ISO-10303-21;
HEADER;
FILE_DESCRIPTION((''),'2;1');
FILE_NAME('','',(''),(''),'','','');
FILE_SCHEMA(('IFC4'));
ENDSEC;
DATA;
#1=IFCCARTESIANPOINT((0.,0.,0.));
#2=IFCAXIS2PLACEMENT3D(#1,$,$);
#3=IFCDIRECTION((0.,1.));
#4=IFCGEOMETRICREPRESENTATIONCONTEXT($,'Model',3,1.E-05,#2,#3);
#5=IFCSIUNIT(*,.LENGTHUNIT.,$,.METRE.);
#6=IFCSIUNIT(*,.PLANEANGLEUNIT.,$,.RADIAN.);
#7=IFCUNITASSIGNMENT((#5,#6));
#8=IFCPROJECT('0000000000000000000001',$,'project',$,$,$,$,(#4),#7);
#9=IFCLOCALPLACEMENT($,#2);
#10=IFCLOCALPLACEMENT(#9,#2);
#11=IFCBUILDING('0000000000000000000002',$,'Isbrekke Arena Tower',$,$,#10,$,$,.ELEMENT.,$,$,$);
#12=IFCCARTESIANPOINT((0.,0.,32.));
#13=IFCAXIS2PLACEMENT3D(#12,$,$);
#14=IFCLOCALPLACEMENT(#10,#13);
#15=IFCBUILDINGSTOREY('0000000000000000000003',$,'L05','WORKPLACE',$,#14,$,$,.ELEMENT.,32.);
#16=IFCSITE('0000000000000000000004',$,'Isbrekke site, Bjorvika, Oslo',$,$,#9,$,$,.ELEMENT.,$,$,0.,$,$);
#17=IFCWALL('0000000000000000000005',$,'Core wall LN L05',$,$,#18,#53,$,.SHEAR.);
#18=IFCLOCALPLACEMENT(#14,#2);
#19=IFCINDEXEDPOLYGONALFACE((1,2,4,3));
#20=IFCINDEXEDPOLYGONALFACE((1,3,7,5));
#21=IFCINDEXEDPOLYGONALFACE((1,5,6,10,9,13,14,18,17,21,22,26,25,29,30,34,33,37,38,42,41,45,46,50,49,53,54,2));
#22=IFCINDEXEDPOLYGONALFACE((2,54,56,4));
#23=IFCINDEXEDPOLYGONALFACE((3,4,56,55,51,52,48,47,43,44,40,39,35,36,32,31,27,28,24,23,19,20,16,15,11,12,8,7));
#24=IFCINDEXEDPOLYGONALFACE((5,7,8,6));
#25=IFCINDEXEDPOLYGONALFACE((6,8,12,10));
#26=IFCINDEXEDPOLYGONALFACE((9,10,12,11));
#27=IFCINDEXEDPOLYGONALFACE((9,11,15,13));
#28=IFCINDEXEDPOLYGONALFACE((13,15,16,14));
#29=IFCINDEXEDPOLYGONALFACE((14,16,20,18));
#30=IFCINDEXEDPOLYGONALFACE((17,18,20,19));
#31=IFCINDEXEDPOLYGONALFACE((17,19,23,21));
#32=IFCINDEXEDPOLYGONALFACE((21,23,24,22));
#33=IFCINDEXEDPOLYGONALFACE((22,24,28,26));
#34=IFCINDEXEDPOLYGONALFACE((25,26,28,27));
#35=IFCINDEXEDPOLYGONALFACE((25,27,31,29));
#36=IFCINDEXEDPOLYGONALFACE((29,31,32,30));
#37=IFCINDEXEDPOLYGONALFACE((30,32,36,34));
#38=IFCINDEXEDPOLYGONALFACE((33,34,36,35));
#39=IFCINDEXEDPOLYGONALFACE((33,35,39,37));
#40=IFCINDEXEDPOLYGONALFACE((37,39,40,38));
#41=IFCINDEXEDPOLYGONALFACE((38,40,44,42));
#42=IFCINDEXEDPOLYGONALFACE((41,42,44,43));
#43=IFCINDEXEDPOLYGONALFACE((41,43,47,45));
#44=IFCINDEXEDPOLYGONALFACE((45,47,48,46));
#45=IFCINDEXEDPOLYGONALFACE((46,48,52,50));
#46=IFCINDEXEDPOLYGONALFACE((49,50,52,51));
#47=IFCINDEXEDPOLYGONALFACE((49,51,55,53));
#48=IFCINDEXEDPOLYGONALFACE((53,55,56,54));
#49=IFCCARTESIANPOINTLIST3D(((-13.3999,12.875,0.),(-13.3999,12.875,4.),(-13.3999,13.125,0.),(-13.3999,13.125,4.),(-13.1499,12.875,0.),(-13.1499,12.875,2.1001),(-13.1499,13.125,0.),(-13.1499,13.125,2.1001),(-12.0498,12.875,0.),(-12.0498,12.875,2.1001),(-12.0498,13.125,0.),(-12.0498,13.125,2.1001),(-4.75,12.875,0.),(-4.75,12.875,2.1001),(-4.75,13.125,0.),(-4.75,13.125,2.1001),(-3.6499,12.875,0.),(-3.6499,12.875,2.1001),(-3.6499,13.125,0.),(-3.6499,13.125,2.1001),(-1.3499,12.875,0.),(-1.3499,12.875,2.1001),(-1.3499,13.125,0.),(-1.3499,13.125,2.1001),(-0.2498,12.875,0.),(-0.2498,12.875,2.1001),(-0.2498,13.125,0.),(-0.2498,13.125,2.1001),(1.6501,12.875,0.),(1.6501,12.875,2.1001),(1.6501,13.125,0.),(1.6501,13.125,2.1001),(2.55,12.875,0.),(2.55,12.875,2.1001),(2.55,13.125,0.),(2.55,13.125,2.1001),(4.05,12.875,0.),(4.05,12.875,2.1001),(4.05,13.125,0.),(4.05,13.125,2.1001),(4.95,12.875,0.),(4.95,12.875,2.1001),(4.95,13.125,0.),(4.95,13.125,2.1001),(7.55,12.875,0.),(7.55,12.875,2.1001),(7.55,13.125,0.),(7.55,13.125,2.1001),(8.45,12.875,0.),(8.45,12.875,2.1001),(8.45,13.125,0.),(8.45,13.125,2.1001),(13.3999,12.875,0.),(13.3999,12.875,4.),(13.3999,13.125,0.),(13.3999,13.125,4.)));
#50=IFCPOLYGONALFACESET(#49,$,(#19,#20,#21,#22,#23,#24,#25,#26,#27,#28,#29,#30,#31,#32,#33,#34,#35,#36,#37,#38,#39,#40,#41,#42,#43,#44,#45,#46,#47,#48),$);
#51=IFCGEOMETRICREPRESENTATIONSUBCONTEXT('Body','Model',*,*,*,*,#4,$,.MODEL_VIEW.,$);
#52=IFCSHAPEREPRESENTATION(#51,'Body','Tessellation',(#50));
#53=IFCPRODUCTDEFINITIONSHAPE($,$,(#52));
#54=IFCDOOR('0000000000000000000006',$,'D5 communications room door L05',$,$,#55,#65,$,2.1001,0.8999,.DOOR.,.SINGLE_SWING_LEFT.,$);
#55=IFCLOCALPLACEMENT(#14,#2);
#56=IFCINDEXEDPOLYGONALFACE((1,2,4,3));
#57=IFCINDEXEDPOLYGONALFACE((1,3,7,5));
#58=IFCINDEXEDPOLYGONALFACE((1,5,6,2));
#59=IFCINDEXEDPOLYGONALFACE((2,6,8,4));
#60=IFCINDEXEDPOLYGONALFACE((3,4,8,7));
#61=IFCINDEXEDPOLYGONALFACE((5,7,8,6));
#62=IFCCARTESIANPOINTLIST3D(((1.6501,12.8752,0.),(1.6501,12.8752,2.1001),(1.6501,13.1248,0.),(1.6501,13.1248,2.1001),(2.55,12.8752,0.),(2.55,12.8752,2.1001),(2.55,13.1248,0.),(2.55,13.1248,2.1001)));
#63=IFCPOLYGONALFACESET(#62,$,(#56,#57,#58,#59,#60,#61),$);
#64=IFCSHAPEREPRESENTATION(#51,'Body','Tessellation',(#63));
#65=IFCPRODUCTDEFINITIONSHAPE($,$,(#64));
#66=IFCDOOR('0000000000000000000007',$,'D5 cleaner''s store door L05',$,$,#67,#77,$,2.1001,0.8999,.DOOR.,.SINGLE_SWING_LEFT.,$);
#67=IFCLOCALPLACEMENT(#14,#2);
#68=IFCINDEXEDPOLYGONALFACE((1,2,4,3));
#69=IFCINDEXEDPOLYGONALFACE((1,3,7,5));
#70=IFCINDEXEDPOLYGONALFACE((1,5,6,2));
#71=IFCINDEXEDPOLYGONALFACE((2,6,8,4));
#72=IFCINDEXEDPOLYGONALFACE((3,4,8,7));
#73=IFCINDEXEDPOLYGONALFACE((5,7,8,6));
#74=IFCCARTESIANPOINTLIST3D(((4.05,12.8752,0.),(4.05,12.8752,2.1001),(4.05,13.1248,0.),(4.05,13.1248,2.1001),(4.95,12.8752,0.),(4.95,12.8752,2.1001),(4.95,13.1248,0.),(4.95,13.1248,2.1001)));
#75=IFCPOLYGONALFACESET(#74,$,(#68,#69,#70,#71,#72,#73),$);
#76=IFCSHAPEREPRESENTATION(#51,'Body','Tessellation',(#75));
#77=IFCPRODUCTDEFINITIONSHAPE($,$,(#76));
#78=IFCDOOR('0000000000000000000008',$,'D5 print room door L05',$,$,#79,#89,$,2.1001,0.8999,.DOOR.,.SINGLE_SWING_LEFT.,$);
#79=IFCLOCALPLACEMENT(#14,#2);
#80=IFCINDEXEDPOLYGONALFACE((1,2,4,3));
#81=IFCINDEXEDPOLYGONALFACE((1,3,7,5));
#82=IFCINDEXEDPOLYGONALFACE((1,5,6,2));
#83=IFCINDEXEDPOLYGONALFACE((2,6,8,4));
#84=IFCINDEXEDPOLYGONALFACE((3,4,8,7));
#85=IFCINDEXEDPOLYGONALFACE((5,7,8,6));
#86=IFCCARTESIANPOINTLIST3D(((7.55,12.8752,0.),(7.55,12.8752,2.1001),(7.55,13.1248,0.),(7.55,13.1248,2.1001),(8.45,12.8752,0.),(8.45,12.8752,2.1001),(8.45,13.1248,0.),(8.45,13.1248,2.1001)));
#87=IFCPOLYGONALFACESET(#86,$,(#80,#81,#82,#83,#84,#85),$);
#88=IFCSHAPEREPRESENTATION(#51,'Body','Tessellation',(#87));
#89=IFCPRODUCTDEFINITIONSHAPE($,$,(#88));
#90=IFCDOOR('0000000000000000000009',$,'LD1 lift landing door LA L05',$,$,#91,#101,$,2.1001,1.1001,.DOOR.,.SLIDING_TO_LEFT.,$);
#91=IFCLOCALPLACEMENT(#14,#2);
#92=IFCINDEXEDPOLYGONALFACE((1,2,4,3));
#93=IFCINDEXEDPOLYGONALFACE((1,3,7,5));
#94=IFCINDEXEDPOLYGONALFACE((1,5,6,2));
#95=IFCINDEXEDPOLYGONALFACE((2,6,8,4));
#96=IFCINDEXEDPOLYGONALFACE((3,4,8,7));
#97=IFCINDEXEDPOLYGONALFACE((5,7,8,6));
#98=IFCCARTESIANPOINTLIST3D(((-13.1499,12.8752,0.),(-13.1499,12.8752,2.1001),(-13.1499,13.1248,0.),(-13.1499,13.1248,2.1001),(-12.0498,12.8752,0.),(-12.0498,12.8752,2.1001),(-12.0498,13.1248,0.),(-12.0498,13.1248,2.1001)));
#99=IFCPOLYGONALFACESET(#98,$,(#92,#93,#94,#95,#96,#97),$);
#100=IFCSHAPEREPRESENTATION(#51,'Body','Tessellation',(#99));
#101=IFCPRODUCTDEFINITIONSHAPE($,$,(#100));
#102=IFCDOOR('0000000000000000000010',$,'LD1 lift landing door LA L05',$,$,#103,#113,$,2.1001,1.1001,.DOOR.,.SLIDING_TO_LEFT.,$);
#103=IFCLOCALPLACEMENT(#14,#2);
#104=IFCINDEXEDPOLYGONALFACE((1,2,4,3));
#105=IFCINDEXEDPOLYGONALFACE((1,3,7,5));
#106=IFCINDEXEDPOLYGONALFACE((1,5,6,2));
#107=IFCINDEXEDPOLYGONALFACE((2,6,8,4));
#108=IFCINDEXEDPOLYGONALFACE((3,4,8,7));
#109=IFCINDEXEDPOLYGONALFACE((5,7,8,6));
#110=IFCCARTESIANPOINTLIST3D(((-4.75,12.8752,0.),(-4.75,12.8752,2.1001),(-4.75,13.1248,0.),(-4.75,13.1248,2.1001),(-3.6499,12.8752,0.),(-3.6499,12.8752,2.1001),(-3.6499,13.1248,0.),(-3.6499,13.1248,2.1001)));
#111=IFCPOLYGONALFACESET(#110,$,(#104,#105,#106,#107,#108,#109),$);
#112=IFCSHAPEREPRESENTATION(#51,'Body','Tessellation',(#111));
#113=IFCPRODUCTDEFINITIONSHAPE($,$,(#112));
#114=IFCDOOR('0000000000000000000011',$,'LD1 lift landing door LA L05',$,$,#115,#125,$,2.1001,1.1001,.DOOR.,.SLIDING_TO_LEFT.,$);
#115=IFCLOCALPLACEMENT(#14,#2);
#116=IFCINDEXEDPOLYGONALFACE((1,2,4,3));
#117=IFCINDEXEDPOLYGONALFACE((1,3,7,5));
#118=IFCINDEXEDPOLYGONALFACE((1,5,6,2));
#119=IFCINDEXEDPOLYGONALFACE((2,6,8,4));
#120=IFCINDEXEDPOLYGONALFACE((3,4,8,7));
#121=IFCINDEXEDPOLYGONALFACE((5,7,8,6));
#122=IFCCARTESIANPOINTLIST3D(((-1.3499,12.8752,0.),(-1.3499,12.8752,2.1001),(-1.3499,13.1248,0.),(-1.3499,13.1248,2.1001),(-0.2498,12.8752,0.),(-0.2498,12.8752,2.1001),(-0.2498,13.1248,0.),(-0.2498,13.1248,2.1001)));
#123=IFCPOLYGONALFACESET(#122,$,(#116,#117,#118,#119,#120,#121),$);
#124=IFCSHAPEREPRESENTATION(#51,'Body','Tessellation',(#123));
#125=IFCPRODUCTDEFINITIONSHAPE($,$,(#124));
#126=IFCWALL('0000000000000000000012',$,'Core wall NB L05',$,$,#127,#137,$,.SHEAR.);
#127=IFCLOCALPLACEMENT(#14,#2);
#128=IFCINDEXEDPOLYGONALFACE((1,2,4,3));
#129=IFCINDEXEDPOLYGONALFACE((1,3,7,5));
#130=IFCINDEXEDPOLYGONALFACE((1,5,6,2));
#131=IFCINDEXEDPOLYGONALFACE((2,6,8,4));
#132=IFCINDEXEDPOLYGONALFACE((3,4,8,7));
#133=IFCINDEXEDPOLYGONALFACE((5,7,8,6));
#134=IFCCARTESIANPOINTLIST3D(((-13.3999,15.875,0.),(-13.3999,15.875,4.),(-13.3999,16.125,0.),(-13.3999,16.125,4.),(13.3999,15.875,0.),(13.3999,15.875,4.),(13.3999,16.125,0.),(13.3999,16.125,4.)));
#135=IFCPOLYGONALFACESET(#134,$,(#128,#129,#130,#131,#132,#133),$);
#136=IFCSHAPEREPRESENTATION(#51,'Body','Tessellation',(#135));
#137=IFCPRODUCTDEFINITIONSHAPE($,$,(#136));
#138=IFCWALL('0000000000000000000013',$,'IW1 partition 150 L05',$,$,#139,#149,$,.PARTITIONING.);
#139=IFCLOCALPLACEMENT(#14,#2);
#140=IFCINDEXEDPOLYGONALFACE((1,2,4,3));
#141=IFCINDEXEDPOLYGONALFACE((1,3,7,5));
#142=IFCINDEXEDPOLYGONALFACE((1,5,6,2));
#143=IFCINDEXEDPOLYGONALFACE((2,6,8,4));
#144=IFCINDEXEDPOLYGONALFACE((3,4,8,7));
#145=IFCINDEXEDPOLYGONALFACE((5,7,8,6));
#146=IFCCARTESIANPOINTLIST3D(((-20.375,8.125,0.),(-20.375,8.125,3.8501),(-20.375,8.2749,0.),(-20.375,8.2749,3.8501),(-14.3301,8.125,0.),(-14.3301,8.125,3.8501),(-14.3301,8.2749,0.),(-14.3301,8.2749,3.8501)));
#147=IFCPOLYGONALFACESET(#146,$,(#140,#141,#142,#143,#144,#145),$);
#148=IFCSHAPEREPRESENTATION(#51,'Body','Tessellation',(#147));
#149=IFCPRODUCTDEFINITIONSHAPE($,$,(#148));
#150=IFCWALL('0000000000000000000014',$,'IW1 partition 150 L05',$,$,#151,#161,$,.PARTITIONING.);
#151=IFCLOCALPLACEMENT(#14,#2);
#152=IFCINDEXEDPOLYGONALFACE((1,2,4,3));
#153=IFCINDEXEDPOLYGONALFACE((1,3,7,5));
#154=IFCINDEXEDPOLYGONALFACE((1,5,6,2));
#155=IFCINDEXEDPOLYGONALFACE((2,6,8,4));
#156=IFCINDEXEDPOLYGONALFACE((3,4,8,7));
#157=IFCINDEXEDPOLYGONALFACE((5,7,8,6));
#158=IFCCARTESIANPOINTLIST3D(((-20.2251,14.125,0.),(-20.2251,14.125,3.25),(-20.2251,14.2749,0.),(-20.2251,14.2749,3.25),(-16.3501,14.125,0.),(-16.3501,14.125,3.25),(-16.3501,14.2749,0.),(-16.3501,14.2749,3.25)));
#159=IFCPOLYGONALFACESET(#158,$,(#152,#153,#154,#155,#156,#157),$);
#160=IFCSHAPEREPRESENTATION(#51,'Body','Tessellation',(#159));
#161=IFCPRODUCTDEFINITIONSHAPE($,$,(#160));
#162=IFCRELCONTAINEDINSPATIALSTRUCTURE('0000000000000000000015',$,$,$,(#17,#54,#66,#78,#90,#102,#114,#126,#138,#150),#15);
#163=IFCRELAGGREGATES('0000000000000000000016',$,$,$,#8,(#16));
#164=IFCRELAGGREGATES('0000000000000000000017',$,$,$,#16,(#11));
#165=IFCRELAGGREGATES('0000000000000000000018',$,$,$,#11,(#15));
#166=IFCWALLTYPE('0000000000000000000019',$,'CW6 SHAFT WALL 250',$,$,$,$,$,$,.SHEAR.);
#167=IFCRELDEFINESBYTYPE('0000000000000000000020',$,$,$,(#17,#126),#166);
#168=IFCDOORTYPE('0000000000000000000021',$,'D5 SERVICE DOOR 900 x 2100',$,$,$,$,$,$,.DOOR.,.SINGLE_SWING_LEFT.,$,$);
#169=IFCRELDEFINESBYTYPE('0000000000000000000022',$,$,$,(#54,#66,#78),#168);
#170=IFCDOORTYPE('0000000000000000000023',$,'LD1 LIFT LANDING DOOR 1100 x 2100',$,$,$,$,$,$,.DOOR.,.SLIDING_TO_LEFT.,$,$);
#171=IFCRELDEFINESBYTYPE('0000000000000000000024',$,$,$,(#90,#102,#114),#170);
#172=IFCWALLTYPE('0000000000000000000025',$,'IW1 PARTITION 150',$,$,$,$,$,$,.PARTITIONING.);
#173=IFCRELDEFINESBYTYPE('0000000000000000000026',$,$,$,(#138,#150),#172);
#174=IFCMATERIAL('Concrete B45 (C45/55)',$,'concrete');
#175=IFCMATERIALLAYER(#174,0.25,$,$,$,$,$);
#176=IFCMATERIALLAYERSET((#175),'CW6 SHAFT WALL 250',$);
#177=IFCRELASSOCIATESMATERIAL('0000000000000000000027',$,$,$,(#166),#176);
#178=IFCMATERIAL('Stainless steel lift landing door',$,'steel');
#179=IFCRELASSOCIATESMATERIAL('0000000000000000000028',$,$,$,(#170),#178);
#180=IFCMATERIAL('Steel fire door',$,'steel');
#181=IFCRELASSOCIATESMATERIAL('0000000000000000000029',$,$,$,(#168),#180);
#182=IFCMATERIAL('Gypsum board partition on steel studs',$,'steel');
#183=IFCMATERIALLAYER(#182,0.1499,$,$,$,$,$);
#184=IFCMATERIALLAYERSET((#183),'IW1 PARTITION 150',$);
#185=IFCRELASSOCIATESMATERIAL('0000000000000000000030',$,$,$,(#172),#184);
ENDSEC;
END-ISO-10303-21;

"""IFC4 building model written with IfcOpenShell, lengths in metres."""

from ifc_helpers import new_model, si_unit, direction, frame, frame_2d, origin, place, context, subcontext, project, spatial, rectangle, extrude, material, layer, layer_set, type_object, element, fill, save


model = new_model("IFC4")

# Units and contexts
model_context = context("Model", 3, precision=1e-05, world=origin(), true_north=direction((0.0, 1.0)))
body_context = subcontext(model_context, "Body", "Model", "MODEL_VIEW")
ifc_project = project(units=[si_unit("LENGTHUNIT", "METRE"), si_unit("PLANEANGLEUNIT", "RADIAN")], contexts=[model_context])

# Site, building, storey
site_placement = place(None, origin())
site = spatial("IfcSite", under=ifc_project, at=site_placement, Name="Isbrekke site, Bjorvika, Oslo", CompositionType="ELEMENT", RefElevation=0.0)
building_placement = place(site_placement, origin())
building = spatial("IfcBuilding", under=site, at=building_placement, Name="Isbrekke Arena Tower", CompositionType="ELEMENT")
storey_placement = place(building_placement, frame((0.0, 0.0, 32.0)))
storey = spatial("IfcBuildingStorey", under=building, at=storey_placement, Name="L05", Description="WORKPLACE", CompositionType="ELEMENT", Elevation=32.0)

# Wall, openings, doors
ifc_material_1 = material(Name="Concrete B45 (C45/55)", Category="concrete")
ifc_layer_1 = layer(ifc_material_1, 0.25)
ifc_layer_set_1 = layer_set([ifc_layer_1], Name="CW6 SHAFT WALL 250")
wall_type_1 = type_object("IfcWallType", Name="CW6 SHAFT WALL 250", PredefinedType="SHEAR", material=ifc_layer_set_1)
ifc_material_2 = material(Name="Stainless steel lift landing door", Category="steel")
door_type_1 = type_object("IfcDoorType", Name="LD1 LIFT LANDING DOOR 1100 x 2100", OperationType="SLIDING_TO_LEFT", PredefinedType="DOOR", material=ifc_material_2)
wall_1_placement = place(storey_placement, frame((-13.3999, 13.0, 0.0), z_axis=(0.0, 0.0, 1.0), x_axis=(1.0, 0.0, 0.0)))
wall_1 = element("IfcWall", 1, at=wall_1_placement, inside=storey, type_object=wall_type_1, Name="Core wall LN L05", PredefinedType="SHEAR", context=body_context, shape_type="SweptSolid", body=[
    extrude(rectangle(XDim=26.7998, YDim=0.25, at=frame_2d((13.3999, 0.0))), origin(), (0.0, 0.0, 1.0), 4.0),
])
opening_1_placement = place(wall_1_placement, frame((0.25, 0.0, 0.0)))
opening_1 = element("IfcOpeningElement", 2, at=opening_1_placement, cuts=wall_1, PredefinedType="OPENING", context=body_context, shape_type="SweptSolid", body=[
    extrude(rectangle(XDim=1.1001, YDim=2.1001, at=frame_2d((0.55, 1.05))), frame((0.0, 0.1399, 0.0), z_axis=(0.0, -1.0, 0.0), x_axis=(1.0, 0.0, 0.0)), (0.0, 0.0, 1.0), 0.2798),
])
opening_2_placement = place(wall_1_placement, frame((8.6499, 0.0, 0.0)))
opening_2 = element("IfcOpeningElement", 3, at=opening_2_placement, cuts=wall_1, PredefinedType="OPENING", context=body_context, shape_type="SweptSolid", body=[
    extrude(rectangle(XDim=1.1001, YDim=2.1001, at=frame_2d((0.55, 1.05))), frame((0.0, 0.1399, 0.0), z_axis=(0.0, -1.0, 0.0), x_axis=(1.0, 0.0, 0.0)), (0.0, 0.0, 1.0), 0.2798),
])
opening_3_placement = place(wall_1_placement, frame((12.05, 0.0, 0.0)))
opening_3 = element("IfcOpeningElement", 4, at=opening_3_placement, cuts=wall_1, PredefinedType="OPENING", context=body_context, shape_type="SweptSolid", body=[
    extrude(rectangle(XDim=1.1001, YDim=2.1001, at=frame_2d((0.55, 1.05))), frame((0.0, 0.1399, 0.0), z_axis=(0.0, -1.0, 0.0), x_axis=(1.0, 0.0, 0.0)), (0.0, 0.0, 1.0), 0.2798),
])
opening_4_placement = place(wall_1_placement, frame((15.05, 0.0, 0.0)))
opening_4 = element("IfcOpeningElement", 5, at=opening_4_placement, cuts=wall_1, PredefinedType="OPENING", context=body_context, shape_type="SweptSolid", body=[
    extrude(rectangle(XDim=0.8999, YDim=2.1001, at=frame_2d((0.45, 1.05))), frame((0.0, 0.1399, 0.0), z_axis=(0.0, -1.0, 0.0), x_axis=(1.0, 0.0, 0.0)), (0.0, 0.0, 1.0), 0.2798),
])
opening_5_placement = place(wall_1_placement, frame((17.45, 0.0, 0.0)))
opening_5 = element("IfcOpeningElement", 6, at=opening_5_placement, cuts=wall_1, PredefinedType="OPENING", context=body_context, shape_type="SweptSolid", body=[
    extrude(rectangle(XDim=0.8999, YDim=2.1001, at=frame_2d((0.45, 1.05))), frame((0.0, 0.1399, 0.0), z_axis=(0.0, -1.0, 0.0), x_axis=(1.0, 0.0, 0.0)), (0.0, 0.0, 1.0), 0.2798),
])
opening_6_placement = place(wall_1_placement, frame((20.95, 0.0, 0.0)))
opening_6 = element("IfcOpeningElement", 7, at=opening_6_placement, cuts=wall_1, PredefinedType="OPENING", context=body_context, shape_type="SweptSolid", body=[
    extrude(rectangle(XDim=0.8999, YDim=2.1001, at=frame_2d((0.45, 1.05))), frame((0.0, 0.1399, 0.0), z_axis=(0.0, -1.0, 0.0), x_axis=(1.0, 0.0, 0.0)), (0.0, 0.0, 1.0), 0.2798),
])
ifc_material_3 = material(Name="Steel fire door", Category="steel")
door_type_2 = type_object("IfcDoorType", Name="D5 SERVICE DOOR 900 x 2100", OperationType="SINGLE_SWING_LEFT", PredefinedType="DOOR", material=ifc_material_3)
door_1_placement = place(opening_4_placement, origin())
door_1 = element("IfcDoor", 8, at=door_1_placement, inside=storey, type_object=door_type_2, Name="D5 communications room door L05", OperationType="SINGLE_SWING_LEFT", OverallHeight=2.1001, OverallWidth=0.8999, PredefinedType="DOOR", context=body_context, shape_type="SweptSolid", body=[
    extrude(rectangle(XDim=0.8999, YDim=2.1001, at=frame_2d((0.45, 1.05))), frame((0.0, 0.1248, 0.0), z_axis=(0.0, -1.0, 0.0), x_axis=(1.0, 0.0, 0.0)), (0.0, 0.0, 1.0), 0.2495),
])
fill(opening_4, door_1)
door_2_placement = place(opening_5_placement, origin())
door_2 = element("IfcDoor", 9, at=door_2_placement, inside=storey, type_object=door_type_2, Name="D5 cleaner's store door L05", OperationType="SINGLE_SWING_LEFT", OverallHeight=2.1001, OverallWidth=0.8999, PredefinedType="DOOR", context=body_context, shape_type="SweptSolid", body=[
    extrude(rectangle(XDim=0.8999, YDim=2.1001, at=frame_2d((0.45, 1.05))), frame((0.0, 0.1248, 0.0), z_axis=(0.0, -1.0, 0.0), x_axis=(1.0, 0.0, 0.0)), (0.0, 0.0, 1.0), 0.2495),
])
fill(opening_5, door_2)
door_3_placement = place(opening_6_placement, origin())
door_3 = element("IfcDoor", 10, at=door_3_placement, inside=storey, type_object=door_type_2, Name="D5 print room door L05", OperationType="SINGLE_SWING_LEFT", OverallHeight=2.1001, OverallWidth=0.8999, PredefinedType="DOOR", context=body_context, shape_type="SweptSolid", body=[
    extrude(rectangle(XDim=0.8999, YDim=2.1001, at=frame_2d((0.45, 1.05))), frame((0.0, 0.1248, 0.0), z_axis=(0.0, -1.0, 0.0), x_axis=(1.0, 0.0, 0.0)), (0.0, 0.0, 1.0), 0.2495),
])
fill(opening_6, door_3)
door_4_placement = place(opening_1_placement, origin())
door_4 = element("IfcDoor", 11, at=door_4_placement, inside=storey, type_object=door_type_1, Name="LD1 lift landing door LA L05", OperationType="SLIDING_TO_LEFT", OverallHeight=2.1001, OverallWidth=1.1001, PredefinedType="DOOR", context=body_context, shape_type="SweptSolid", body=[
    extrude(rectangle(XDim=1.1001, YDim=2.1001, at=frame_2d((0.55, 1.05))), frame((0.0, 0.1248, 0.0), z_axis=(0.0, -1.0, 0.0), x_axis=(1.0, 0.0, 0.0)), (0.0, 0.0, 1.0), 0.2495),
])
fill(opening_1, door_4)
door_5_placement = place(opening_2_placement, origin())
door_5 = element("IfcDoor", 12, at=door_5_placement, inside=storey, type_object=door_type_1, Name="LD1 lift landing door LA L05", OperationType="SLIDING_TO_LEFT", OverallHeight=2.1001, OverallWidth=1.1001, PredefinedType="DOOR", context=body_context, shape_type="SweptSolid", body=[
    extrude(rectangle(XDim=1.1001, YDim=2.1001, at=frame_2d((0.55, 1.05))), frame((0.0, 0.1248, 0.0), z_axis=(0.0, -1.0, 0.0), x_axis=(1.0, 0.0, 0.0)), (0.0, 0.0, 1.0), 0.2495),
])
fill(opening_2, door_5)
door_6_placement = place(opening_3_placement, origin())
door_6 = element("IfcDoor", 13, at=door_6_placement, inside=storey, type_object=door_type_1, Name="LD1 lift landing door LA L05", OperationType="SLIDING_TO_LEFT", OverallHeight=2.1001, OverallWidth=1.1001, PredefinedType="DOOR", context=body_context, shape_type="SweptSolid", body=[
    extrude(rectangle(XDim=1.1001, YDim=2.1001, at=frame_2d((0.55, 1.05))), frame((0.0, 0.1248, 0.0), z_axis=(0.0, -1.0, 0.0), x_axis=(1.0, 0.0, 0.0)), (0.0, 0.0, 1.0), 0.2495),
])
fill(opening_3, door_6)

# Walls
wall_2_placement = place(storey_placement, frame((-13.3999, 16.0, 0.0), z_axis=(0.0, 0.0, 1.0), x_axis=(1.0, 0.0, 0.0)))
element("IfcWall", 14, at=wall_2_placement, inside=storey, type_object=wall_type_1, Name="Core wall NB L05", PredefinedType="SHEAR", context=body_context, shape_type="SweptSolid", body=[
    extrude(rectangle(XDim=26.7998, YDim=0.25, at=frame_2d((13.3999, 0.0))), origin(), (0.0, 0.0, 1.0), 4.0),
])
ifc_material_4 = material(Name="Gypsum board partition on steel studs", Category="steel")
ifc_layer_2 = layer(ifc_material_4, 0.1499)
ifc_layer_set_2 = layer_set([ifc_layer_2], Name="IW1 PARTITION 150")
wall_type_2 = type_object("IfcWallType", Name="IW1 PARTITION 150", PredefinedType="PARTITIONING", material=ifc_layer_set_2)
wall_3_placement = place(storey_placement, frame((-20.375, 8.2, 0.0), z_axis=(0.0, 0.0, 1.0), x_axis=(1.0, 0.0, 0.0)))
element("IfcWall", 15, at=wall_3_placement, inside=storey, type_object=wall_type_2, Name="IW1 partition 150 L05", PredefinedType="PARTITIONING", context=body_context, shape_type="SweptSolid", body=[
    extrude(rectangle(XDim=6.0449, YDim=0.1499, at=frame_2d((3.0225, 0.0))), origin(), (0.0, 0.0, 1.0), 3.8501),
])
wall_4_placement = place(storey_placement, frame((-20.2251, 14.2, 0.0), z_axis=(0.0, 0.0, 1.0), x_axis=(1.0, 0.0, 0.0)))
element("IfcWall", 16, at=wall_4_placement, inside=storey, type_object=wall_type_2, Name="IW1 partition 150 L05", PredefinedType="PARTITIONING", context=body_context, shape_type="SweptSolid", body=[
    extrude(rectangle(XDim=3.875, YDim=0.1499, at=frame_2d((1.9375, 0.0))), origin(), (0.0, 0.0, 1.0), 3.25),
])

save(model, "model.ifc")
